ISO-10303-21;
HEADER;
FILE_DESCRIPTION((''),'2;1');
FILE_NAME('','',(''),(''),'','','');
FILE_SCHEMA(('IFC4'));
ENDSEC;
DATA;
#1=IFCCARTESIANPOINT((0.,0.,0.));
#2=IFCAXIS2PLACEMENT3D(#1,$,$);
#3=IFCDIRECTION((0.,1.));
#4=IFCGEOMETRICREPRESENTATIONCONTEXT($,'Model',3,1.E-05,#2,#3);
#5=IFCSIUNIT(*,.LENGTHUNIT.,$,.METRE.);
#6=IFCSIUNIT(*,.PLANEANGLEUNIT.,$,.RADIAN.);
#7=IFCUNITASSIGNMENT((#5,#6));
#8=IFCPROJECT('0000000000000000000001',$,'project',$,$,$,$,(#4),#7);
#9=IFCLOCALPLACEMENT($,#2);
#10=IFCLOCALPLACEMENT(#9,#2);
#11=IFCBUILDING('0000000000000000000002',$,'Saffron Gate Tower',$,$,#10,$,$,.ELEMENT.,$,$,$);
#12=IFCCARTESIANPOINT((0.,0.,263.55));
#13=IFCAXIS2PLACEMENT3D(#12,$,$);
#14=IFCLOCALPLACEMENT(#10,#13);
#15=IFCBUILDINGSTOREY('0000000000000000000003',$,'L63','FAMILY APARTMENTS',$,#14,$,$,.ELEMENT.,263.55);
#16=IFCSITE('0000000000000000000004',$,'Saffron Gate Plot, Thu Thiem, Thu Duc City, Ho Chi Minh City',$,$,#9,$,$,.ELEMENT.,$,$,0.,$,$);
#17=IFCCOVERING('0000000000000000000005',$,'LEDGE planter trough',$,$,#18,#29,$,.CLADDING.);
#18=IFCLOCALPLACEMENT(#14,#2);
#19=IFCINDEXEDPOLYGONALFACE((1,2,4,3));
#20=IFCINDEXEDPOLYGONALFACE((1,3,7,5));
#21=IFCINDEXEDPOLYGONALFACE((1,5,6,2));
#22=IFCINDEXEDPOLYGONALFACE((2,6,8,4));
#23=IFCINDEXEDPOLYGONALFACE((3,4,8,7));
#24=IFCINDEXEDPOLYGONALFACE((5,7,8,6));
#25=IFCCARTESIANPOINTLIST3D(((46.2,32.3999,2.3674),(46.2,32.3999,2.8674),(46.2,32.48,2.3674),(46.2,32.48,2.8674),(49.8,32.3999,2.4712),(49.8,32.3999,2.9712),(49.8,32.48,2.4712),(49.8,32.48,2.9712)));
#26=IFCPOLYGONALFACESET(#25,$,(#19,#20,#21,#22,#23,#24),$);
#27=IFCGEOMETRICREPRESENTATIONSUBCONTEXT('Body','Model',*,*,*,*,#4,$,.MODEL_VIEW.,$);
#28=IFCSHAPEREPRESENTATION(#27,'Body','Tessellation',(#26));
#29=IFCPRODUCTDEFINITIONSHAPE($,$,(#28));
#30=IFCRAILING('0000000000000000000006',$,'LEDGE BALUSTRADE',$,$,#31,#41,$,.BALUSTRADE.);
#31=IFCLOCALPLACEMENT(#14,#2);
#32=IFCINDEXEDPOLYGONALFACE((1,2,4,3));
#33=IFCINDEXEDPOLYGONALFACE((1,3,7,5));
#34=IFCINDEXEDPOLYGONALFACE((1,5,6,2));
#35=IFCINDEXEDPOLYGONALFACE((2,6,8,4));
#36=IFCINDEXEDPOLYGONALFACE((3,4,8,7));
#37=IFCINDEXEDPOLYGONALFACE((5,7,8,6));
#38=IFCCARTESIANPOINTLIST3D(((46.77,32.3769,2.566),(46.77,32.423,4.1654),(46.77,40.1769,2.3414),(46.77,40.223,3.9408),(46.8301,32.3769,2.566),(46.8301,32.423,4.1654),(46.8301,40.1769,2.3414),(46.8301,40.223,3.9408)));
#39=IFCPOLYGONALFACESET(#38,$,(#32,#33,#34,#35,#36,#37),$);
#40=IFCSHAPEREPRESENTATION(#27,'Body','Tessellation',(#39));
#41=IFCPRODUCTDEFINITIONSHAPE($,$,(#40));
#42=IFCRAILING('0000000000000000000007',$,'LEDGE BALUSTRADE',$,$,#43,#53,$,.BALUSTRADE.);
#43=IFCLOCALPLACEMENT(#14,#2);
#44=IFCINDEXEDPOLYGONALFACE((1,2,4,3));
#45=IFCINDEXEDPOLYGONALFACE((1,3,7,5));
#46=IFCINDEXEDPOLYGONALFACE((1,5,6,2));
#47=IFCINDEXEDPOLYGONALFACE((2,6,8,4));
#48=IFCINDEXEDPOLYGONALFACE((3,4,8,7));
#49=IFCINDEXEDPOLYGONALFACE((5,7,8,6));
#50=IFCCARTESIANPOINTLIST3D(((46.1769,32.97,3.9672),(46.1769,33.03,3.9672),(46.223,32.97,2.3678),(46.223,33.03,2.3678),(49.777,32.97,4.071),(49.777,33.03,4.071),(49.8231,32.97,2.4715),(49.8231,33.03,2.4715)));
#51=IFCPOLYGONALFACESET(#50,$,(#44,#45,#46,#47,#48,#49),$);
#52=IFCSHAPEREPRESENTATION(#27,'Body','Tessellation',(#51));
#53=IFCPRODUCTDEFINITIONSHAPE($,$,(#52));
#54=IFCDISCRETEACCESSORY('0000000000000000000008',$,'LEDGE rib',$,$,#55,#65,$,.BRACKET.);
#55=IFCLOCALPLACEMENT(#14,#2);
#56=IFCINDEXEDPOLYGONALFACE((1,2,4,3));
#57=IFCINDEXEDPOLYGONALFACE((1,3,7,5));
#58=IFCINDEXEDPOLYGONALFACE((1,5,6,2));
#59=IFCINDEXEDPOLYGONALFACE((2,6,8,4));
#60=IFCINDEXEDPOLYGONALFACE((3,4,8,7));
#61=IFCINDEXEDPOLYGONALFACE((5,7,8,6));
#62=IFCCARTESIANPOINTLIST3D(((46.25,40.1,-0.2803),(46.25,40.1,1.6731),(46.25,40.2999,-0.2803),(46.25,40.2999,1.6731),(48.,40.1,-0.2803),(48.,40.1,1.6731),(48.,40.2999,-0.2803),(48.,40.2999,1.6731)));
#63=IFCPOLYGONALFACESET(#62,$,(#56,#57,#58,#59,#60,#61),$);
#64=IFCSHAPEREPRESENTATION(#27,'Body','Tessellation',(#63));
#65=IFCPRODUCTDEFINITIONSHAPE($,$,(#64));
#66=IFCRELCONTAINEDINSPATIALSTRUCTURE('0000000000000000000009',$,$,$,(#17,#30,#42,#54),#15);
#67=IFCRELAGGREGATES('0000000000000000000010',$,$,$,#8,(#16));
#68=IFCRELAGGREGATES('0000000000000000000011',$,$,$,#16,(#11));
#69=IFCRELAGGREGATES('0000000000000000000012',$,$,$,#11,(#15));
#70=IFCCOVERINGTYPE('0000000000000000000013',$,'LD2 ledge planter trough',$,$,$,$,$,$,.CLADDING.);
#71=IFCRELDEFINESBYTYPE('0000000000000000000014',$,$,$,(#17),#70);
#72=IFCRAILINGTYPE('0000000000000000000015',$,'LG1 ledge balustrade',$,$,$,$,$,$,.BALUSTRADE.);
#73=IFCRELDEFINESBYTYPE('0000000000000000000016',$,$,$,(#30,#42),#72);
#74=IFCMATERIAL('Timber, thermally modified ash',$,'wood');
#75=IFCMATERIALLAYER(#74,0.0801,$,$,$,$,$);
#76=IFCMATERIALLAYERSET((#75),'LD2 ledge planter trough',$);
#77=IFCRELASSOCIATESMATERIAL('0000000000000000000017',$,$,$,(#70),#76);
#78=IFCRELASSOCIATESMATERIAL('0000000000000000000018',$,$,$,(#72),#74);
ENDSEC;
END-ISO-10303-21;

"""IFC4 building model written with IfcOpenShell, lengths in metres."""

from ifc_helpers import new_model, si_unit, direction, frame, origin, origin_2d, place, context, subcontext, project, spatial, polyline, rectangle, outline, extrude, material, layer, layer_set, type_object, element, save


model = new_model("IFC4")

# Units and contexts
model_context = context("Model", 3, precision=1e-05, world=origin(), true_north=direction((0.0, 1.0)))
body_context = subcontext(model_context, "Body", "Model", "MODEL_VIEW")
ifc_project = project(units=[si_unit("LENGTHUNIT", "METRE"), si_unit("PLANEANGLEUNIT", "RADIAN")], contexts=[model_context])

# Site, building, storey
site_placement = place(None, origin())
site = spatial("IfcSite", under=ifc_project, at=site_placement, Name="Saffron Gate Plot, Thu Thiem, Thu Duc City, Ho Chi Minh City", CompositionType="ELEMENT", RefElevation=0.0)
building_placement = place(site_placement, origin())
building = spatial("IfcBuilding", under=site, at=building_placement, Name="Saffron Gate Tower", CompositionType="ELEMENT")
storey_placement = place(building_placement, frame((0.0, 0.0, 263.55)))
storey = spatial("IfcBuildingStorey", under=building, at=storey_placement, Name="L63", Description="FAMILY APARTMENTS", CompositionType="ELEMENT", Elevation=263.55)

# Covering
ifc_material_1 = material(Name="Timber, thermally modified ash", Category="wood")
ifc_layer_1 = layer(ifc_material_1, 0.0801)
ifc_layer_set_1 = layer_set([ifc_layer_1], Name="LD2 ledge planter trough")
covering_type_1 = type_object("IfcCoveringType", Name="LD2 ledge planter trough", PredefinedType="CLADDING", material=ifc_layer_set_1)
covering_1_placement = place(storey_placement, frame((46.2, 32.3999, 2.3674), z_axis=(0.0, -1.0, 0.0), x_axis=(0.999585, 0.0, 0.028809)))
element("IfcCovering", 1, at=covering_1_placement, inside=storey, type_object=covering_type_1, Name="LEDGE planter trough", PredefinedType="CLADDING", context=body_context, shape_type="SweptSolid", body=[
    extrude(outline(polyline([(0.0, 0.0), (3.6016, 0.0), (3.616, 0.4998), (0.0144, 0.4998), (0.0, 0.0)])), origin(), (0.0, 0.0, -1.0), 0.0801),
])

# Railings
railing_type = type_object("IfcRailingType", Name="LG1 ledge balustrade", PredefinedType="BALUSTRADE", material=ifc_material_1)
railing_1_placement = place(storey_placement, frame((46.8, 40.2, 2.3411)))
element("IfcRailing", 2, at=railing_1_placement, inside=storey, type_object=railing_type, Name="LEDGE BALUSTRADE", PredefinedType="BALUSTRADE", context=body_context, shape_type="SweptSolid", body=[
    extrude(rectangle(XDim=0.0601, YDim=1.6001, at=origin_2d()), frame((0.0, 0.0, 0.8), z_axis=(0.0, -0.999586, 0.028784), x_axis=(1.0, 0.0, 0.0)), (0.0, 0.0, 1.0), 7.8032),
])
railing_2_placement = place(storey_placement, frame((46.2, 33.0, 2.3674)))
element("IfcRailing", 3, at=railing_2_placement, inside=storey, type_object=railing_type, Name="LEDGE BALUSTRADE", PredefinedType="BALUSTRADE", context=body_context, shape_type="SweptSolid", body=[
    extrude(rectangle(XDim=0.0601, YDim=1.6001, at=origin_2d()), frame((0.0, 0.0, 0.8), z_axis=(0.999585, 0.0, 0.028809), x_axis=(0.0, 1.0, 0.0)), (0.0, 0.0, 1.0), 3.6016),
])

# Discrete accessory
discrete_accessory_placement = place(storey_placement, frame((47.125, 40.2, -0.2803), z_axis=(0.0, 0.0, 1.0), x_axis=(0.0, -1.0, 0.0)))
element("IfcDiscreteAccessory", 4, at=discrete_accessory_placement, inside=storey, Name="LEDGE rib", PredefinedType="BRACKET", context=body_context, shape_type="SweptSolid", body=[
    extrude(rectangle(XDim=0.2, YDim=1.75, at=origin_2d()), origin(), (0.0, 0.0, 1.0), 1.9534),
])

save(model, "model.ifc")
